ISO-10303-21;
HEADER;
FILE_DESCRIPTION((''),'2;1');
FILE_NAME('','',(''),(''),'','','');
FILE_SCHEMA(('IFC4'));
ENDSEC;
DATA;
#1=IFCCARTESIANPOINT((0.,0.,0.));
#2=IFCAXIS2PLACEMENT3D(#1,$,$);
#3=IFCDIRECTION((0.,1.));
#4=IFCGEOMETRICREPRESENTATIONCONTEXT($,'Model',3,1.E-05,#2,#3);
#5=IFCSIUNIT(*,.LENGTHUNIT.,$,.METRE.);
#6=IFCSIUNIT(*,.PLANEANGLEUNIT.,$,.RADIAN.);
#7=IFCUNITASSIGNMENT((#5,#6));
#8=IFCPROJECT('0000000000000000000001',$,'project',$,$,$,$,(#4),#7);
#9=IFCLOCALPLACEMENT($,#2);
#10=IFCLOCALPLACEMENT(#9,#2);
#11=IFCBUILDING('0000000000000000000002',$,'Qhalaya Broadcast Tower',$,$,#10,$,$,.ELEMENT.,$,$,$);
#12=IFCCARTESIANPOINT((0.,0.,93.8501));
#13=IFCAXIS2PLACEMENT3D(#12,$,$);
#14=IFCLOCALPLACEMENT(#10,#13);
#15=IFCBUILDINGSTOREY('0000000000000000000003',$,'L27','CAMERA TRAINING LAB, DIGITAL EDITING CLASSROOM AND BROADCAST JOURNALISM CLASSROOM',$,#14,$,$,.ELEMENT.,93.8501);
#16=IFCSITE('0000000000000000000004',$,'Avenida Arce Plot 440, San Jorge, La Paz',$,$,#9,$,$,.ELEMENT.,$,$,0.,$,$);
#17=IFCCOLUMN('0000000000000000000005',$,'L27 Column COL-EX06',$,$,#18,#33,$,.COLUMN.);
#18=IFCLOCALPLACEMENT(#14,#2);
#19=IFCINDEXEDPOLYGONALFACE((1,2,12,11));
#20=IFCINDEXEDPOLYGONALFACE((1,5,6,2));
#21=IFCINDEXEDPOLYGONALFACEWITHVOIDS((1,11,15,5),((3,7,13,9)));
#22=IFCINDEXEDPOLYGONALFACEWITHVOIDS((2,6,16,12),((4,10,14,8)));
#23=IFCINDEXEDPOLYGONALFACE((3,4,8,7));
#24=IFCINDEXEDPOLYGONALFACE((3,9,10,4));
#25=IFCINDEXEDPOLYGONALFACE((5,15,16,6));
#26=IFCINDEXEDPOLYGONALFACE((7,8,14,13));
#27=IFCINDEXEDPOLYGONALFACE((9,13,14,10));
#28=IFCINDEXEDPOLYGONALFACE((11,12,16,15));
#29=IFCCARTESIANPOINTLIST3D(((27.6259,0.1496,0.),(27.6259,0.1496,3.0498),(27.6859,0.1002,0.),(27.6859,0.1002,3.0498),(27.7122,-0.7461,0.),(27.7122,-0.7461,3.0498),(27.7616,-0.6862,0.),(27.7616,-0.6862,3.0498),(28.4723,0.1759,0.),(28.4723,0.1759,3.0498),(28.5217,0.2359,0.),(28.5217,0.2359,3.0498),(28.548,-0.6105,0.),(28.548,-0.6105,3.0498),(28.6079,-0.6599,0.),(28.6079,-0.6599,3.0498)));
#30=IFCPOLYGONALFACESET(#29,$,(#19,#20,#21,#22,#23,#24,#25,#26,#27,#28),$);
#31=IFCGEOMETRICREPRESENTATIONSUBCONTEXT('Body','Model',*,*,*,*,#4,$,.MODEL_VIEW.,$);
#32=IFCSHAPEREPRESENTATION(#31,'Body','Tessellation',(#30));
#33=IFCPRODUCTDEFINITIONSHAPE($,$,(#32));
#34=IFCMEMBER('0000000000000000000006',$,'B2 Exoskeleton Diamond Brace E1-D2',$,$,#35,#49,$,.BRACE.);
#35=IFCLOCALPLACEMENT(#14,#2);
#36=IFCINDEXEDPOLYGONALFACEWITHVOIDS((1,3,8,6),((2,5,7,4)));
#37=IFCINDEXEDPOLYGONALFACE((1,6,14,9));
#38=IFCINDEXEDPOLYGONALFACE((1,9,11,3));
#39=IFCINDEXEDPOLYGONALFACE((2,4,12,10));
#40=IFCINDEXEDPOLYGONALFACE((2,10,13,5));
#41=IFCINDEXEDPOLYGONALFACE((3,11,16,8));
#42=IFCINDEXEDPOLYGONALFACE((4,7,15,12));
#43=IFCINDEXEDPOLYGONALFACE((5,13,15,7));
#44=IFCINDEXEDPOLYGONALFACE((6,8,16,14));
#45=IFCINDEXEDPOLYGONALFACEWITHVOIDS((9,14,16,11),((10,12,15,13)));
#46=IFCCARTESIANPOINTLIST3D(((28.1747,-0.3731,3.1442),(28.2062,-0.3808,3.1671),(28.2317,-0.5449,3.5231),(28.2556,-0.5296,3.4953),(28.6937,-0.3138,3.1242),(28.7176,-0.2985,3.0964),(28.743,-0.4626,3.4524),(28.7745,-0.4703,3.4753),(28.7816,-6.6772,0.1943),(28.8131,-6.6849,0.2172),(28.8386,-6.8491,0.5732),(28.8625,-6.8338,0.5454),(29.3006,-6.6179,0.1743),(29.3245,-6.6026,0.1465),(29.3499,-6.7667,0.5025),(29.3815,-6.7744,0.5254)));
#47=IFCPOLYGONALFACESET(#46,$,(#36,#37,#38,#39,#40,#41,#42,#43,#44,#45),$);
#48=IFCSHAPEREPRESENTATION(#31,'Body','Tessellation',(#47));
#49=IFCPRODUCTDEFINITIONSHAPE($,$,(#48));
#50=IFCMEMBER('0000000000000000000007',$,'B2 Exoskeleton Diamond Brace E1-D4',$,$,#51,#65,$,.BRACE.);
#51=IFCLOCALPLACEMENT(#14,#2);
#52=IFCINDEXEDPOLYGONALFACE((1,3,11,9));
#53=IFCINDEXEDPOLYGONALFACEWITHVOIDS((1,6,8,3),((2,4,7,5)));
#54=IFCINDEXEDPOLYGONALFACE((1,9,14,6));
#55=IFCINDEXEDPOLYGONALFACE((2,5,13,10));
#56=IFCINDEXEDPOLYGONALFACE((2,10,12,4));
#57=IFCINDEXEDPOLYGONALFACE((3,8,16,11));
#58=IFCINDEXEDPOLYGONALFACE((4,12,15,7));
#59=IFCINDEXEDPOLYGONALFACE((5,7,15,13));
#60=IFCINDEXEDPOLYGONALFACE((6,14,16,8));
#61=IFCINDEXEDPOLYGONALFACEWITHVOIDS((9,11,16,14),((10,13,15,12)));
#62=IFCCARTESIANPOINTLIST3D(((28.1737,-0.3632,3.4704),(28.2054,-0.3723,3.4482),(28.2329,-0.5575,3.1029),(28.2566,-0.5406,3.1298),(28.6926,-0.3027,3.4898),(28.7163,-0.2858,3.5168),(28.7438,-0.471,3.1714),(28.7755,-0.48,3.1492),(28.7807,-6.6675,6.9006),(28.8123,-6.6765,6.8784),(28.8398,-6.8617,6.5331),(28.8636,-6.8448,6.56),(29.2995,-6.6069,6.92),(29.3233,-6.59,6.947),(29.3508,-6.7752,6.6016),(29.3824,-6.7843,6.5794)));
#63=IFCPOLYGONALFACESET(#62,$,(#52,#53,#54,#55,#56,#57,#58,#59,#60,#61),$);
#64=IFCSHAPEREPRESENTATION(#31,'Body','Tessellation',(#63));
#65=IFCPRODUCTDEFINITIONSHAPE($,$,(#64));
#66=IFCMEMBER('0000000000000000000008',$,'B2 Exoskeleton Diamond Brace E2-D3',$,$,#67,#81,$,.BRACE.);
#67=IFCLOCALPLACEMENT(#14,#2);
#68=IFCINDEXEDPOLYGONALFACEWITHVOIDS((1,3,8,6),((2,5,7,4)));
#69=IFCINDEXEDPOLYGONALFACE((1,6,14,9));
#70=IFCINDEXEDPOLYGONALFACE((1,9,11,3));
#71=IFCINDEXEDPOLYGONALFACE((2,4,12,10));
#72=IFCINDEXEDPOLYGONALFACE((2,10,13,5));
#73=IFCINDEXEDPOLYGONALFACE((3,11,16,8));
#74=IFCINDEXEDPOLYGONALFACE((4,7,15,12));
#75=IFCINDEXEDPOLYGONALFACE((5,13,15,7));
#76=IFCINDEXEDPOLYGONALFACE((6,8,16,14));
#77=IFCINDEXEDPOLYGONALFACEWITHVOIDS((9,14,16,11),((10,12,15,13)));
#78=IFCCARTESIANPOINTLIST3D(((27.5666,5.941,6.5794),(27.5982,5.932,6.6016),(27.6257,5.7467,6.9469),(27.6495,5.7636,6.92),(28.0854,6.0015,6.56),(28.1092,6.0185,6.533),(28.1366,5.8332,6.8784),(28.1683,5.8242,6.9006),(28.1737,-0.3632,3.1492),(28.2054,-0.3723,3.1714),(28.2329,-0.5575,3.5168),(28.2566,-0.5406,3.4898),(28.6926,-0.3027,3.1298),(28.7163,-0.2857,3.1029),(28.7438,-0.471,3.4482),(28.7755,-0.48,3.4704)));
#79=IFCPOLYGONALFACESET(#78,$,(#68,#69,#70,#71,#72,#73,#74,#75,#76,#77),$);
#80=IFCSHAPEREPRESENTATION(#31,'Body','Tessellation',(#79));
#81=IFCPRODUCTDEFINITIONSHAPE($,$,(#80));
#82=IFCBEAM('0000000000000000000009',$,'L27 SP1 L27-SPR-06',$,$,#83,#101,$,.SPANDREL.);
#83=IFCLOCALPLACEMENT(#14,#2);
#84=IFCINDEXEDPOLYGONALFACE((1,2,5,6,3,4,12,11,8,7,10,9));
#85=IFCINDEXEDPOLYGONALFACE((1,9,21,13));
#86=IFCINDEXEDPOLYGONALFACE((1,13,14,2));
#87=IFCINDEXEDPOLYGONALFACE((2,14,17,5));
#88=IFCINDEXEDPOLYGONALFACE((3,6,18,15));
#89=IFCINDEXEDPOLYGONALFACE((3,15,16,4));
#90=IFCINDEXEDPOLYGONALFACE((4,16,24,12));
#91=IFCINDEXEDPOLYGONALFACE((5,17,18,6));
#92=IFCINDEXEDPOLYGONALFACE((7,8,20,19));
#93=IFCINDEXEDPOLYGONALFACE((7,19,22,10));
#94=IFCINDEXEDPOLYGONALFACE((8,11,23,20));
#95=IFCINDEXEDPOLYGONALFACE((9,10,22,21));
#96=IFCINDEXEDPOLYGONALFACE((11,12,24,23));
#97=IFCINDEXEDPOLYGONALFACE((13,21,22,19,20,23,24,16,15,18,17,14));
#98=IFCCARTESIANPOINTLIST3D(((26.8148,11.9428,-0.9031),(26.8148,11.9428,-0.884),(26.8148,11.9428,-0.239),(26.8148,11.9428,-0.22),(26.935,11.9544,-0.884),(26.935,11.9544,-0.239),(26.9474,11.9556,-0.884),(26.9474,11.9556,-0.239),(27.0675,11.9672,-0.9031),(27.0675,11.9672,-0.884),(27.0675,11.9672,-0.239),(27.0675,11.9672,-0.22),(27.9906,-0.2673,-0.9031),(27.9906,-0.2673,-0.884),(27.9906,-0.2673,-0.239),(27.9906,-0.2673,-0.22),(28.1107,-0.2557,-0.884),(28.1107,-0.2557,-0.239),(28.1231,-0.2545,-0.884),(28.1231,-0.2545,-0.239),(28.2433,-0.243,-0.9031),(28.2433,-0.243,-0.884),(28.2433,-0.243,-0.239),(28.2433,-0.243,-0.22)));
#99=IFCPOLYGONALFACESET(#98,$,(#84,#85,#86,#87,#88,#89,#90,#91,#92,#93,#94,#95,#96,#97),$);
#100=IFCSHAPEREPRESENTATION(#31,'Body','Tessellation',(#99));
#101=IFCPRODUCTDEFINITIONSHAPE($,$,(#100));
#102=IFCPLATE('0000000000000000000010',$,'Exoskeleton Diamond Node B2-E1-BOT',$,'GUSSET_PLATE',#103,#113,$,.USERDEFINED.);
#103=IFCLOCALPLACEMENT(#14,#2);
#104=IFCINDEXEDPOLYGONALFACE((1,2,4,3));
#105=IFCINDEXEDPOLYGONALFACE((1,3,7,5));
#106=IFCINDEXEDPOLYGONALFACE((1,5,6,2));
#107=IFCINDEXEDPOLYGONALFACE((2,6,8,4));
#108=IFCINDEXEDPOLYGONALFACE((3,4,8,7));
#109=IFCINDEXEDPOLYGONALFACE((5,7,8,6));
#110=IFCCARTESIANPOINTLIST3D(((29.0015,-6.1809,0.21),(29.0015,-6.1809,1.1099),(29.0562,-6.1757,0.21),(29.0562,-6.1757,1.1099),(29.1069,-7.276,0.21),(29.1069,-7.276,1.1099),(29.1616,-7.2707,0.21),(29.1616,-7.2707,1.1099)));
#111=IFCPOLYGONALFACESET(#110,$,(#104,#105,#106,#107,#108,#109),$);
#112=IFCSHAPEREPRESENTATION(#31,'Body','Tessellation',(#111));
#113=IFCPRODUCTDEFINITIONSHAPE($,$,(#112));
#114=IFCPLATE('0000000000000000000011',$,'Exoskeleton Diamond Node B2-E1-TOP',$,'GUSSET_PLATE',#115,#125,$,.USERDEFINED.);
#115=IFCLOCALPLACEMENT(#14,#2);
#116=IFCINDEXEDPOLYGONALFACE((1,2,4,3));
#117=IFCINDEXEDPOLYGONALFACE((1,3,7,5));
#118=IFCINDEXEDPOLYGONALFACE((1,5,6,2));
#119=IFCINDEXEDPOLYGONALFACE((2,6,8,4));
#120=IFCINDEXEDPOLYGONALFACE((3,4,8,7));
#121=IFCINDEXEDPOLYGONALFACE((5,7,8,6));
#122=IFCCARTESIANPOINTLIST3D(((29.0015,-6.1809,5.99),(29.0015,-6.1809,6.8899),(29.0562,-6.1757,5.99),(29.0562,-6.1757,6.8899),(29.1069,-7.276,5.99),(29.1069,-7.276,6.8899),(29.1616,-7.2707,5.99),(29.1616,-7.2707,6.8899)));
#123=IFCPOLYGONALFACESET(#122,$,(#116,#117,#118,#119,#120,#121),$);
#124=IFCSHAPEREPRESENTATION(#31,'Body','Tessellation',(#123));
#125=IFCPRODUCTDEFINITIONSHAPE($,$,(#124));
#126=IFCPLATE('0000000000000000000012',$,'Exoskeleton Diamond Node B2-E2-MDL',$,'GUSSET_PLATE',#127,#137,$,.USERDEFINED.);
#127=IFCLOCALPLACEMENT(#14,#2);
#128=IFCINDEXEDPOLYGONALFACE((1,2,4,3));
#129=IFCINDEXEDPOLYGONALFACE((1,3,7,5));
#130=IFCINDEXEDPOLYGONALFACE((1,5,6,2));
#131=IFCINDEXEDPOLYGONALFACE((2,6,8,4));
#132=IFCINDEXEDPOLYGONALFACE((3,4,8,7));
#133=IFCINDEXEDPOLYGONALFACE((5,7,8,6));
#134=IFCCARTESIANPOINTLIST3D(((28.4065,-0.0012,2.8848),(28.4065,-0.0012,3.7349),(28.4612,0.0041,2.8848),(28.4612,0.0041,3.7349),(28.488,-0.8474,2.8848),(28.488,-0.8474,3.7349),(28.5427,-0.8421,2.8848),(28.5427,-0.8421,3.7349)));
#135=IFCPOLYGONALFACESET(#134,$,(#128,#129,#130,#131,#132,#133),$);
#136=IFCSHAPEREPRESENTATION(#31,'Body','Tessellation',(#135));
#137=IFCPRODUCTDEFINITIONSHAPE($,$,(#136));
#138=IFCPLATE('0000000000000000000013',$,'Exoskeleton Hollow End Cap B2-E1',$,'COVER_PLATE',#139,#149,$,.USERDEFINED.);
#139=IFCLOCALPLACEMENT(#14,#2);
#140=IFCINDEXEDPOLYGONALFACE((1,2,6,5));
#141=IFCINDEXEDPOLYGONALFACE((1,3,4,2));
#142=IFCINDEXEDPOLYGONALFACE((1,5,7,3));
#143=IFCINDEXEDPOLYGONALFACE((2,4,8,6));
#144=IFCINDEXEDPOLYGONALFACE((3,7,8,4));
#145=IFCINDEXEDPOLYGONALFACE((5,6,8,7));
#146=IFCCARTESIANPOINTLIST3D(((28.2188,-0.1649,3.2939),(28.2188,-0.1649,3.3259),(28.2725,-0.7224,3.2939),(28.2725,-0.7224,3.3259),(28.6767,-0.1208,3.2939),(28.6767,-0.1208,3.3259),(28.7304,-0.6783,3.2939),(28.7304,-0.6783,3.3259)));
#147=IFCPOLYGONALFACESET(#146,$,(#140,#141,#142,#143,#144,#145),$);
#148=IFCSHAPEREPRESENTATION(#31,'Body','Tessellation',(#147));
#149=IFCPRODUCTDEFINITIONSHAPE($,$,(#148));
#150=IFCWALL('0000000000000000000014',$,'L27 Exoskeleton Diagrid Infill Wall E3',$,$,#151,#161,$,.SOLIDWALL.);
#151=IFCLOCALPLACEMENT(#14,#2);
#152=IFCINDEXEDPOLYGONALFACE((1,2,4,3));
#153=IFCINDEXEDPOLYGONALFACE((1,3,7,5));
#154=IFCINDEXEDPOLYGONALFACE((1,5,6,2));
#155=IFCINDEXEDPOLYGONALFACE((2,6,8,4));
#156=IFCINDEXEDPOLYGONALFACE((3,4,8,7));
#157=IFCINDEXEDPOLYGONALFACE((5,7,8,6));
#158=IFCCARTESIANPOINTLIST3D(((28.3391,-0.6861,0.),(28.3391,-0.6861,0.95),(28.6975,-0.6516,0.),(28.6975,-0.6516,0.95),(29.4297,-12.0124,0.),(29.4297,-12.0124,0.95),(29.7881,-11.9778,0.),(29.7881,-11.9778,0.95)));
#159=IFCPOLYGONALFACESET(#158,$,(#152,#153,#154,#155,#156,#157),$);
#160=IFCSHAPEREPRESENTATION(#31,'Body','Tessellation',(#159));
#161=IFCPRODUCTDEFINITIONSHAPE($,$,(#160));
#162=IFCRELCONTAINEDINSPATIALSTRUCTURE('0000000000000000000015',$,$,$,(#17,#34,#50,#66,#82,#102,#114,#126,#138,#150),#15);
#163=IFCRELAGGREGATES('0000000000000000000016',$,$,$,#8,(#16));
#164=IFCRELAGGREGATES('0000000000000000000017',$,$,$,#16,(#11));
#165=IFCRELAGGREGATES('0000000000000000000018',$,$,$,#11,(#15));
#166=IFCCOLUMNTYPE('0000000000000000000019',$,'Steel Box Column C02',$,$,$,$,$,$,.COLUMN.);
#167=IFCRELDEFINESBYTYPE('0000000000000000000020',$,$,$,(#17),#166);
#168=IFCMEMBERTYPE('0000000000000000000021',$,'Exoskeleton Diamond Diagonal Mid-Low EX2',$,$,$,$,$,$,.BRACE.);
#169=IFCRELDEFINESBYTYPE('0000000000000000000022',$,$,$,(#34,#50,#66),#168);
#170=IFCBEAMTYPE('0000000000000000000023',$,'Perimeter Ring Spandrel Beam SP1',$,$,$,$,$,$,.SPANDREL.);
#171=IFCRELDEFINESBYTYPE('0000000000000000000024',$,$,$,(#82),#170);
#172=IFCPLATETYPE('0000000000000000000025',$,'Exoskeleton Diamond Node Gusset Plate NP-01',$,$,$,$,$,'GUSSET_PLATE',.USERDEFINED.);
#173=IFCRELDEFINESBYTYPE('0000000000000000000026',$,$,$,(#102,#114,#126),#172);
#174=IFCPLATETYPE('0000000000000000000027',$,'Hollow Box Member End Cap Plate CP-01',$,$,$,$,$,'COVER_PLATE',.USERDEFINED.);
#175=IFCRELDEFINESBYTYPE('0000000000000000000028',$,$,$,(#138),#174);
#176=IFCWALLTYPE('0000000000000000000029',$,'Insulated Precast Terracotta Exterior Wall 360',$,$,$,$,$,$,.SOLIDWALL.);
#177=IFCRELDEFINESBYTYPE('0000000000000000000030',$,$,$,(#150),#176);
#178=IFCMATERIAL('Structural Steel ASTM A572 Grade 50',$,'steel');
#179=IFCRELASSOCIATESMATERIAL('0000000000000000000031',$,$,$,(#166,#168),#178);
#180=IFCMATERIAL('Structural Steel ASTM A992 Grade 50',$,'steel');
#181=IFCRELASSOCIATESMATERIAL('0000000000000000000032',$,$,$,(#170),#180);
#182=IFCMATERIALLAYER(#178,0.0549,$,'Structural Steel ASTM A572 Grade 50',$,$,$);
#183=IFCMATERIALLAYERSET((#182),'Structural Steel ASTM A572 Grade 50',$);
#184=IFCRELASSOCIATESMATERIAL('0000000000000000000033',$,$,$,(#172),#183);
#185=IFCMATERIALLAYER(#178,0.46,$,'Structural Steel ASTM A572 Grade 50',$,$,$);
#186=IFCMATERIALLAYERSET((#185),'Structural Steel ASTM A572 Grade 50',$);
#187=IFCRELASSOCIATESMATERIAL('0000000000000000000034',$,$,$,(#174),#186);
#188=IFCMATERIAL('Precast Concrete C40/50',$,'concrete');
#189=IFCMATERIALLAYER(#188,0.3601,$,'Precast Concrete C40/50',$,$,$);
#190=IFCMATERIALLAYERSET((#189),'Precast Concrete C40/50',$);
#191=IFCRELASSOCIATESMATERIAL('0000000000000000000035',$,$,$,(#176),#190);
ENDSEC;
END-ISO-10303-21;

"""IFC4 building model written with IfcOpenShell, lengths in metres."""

from ifc_helpers import new_model, si_unit, direction, frame, frame_2d, origin, origin_2d, place, context, subcontext, project, spatial, rectangle, hollow_rectangle, i_section, extrude, material, layer, layer_set, material_profile, profile_set, type_object, element, save


model = new_model("IFC4")

# Units and contexts
model_context = context("Model", 3, precision=1e-05, world=origin(), true_north=direction((0.0, 1.0)))
body_context = subcontext(model_context, "Body", "Model", "MODEL_VIEW")
ifc_project = project(units=[si_unit("LENGTHUNIT", "METRE"), si_unit("PLANEANGLEUNIT", "RADIAN")], contexts=[model_context])

# Site, building, storey
site_placement = place(None, origin())
site = spatial("IfcSite", under=ifc_project, at=site_placement, Name="Avenida Arce Plot 440, San Jorge, La Paz", CompositionType="ELEMENT", RefElevation=0.0)
building_placement = place(site_placement, origin())
building = spatial("IfcBuilding", under=site, at=building_placement, Name="Qhalaya Broadcast Tower", CompositionType="ELEMENT")
storey_placement = place(building_placement, frame((0.0, 0.0, 93.8501)))
storey = spatial("IfcBuildingStorey", under=building, at=storey_placement, Name="L27", Description="CAMERA TRAINING LAB, DIGITAL EDITING CLASSROOM AND BROADCAST JOURNALISM CLASSROOM", CompositionType="ELEMENT", Elevation=93.8501)

# Column
ifc_material_1 = material(Name="Structural Steel ASTM A572 Grade 50", Category="steel")
ifc_material_profile_1 = material_profile(ifc_material_1, hollow_rectangle(XDim=0.8999, YDim=0.8999, WallThickness=0.0549, at=origin_2d()), Name="BOX 900x900x55")
ifc_profile_set_1 = profile_set([ifc_material_profile_1], Name="Structural Steel ASTM A572 Grade 50")
column_type = type_object("IfcColumnType", Name="Steel Box Column C02", PredefinedType="COLUMN", material=ifc_profile_set_1)
column_placement = place(storey_placement, frame((28.1169, -0.2551, 0.0), z_axis=(0.0, 0.0, 1.0), x_axis=(-0.095846, 0.995396, 0.0)))
element("IfcColumn", 1, at=column_placement, inside=storey, type_object=column_type, Name="L27 Column COL-EX06", PredefinedType="COLUMN", context=body_context, shape_type="SweptSolid", body=[
    extrude(hollow_rectangle(XDim=0.8999, YDim=0.8999, WallThickness=0.0549, at=origin_2d()), origin(), (0.0, 0.0, 1.0), 3.0498),
])

# Members
ifc_material_profile_2 = material_profile(ifc_material_1, hollow_rectangle(XDim=0.4199, YDim=0.55, WallThickness=0.0281, at=origin_2d()), Name="BOX 420x550x28")
ifc_profile_set_2 = profile_set([ifc_material_profile_2], Name="Structural Steel ASTM A572 Grade 50")
member_type = type_object("IfcMemberType", Name="Exoskeleton Diamond Diagonal Mid-Low EX2", PredefinedType="BRACE", material=ifc_profile_set_2)
member_placement = place(storey_placement, frame((29.0815, -6.7258, 0.3599), z_axis=(-0.08687, 0.902319, 0.422226), x_axis=(0.135681, -0.409163, 0.902317)))
element("IfcMember", 2, at=member_placement, inside=storey, type_object=member_type, Name="B2 Exoskeleton Diamond Brace E1-D2", PredefinedType="BRACE", context=body_context, shape_type="SweptSolid", body=[
    extrude(hollow_rectangle(XDim=0.4199, YDim=0.55, WallThickness=0.0281, at=origin_2d()), origin(), (0.0, 0.0, 1.0), 6.9866),
])
for number, where, z_axis, x_axis, name in (
    (3, (28.4746, -0.4216, 3.3098), (0.084266, -0.875268, 0.476242), (-0.140833, 0.462682, 0.875266), "B2 Exoskeleton Diamond Brace E1-D4"),
    (4, (28.4746, -0.4216, 3.3098), (-0.0843, 0.875265, 0.47624), (0.140851, -0.462675, 0.875267), "B2 Exoskeleton Diamond Brace E2-D3"),
):
    element("IfcMember", number, at=place(storey_placement, frame(where, z_axis=z_axis, x_axis=x_axis)), inside=storey, type_object=member_type, Name=name, PredefinedType="BRACE", context=body_context, shape_type="SweptSolid", body=[
        extrude(hollow_rectangle(XDim=0.4199, YDim=0.55, WallThickness=0.0281, at=origin_2d()), origin(), (0.0, 0.0, 1.0), 7.2026),
    ])

# Beam
ifc_material_2 = material(Name="Structural Steel ASTM A992 Grade 50", Category="steel")
ifc_material_profile_3 = material_profile(ifc_material_2, i_section(OverallWidth=0.2539, OverallDepth=0.6831, WebThickness=0.0125, FlangeThickness=0.019, at=origin_2d()), Name="W27X94")
ifc_profile_set_3 = profile_set([ifc_material_profile_3], Name="Structural Steel ASTM A992 Grade 50")
beam_type = type_object("IfcBeamType", Name="Perimeter Ring Spandrel Beam SP1", PredefinedType="SPANDREL", material=ifc_profile_set_3)
beam_placement = place(storey_placement, frame((28.1169, -0.2551, -0.5615), z_axis=(-0.095852, 0.995396, 0.0), x_axis=(-0.995396, -0.095852, 0.0)))
element("IfcBeam", 5, at=beam_placement, inside=storey, type_object=beam_type, Name="L27 SP1 L27-SPR-06", PredefinedType="SPANDREL", context=body_context, shape_type="SweptSolid", body=[
    extrude(i_section(OverallWidth=0.2539, OverallDepth=0.6831, WebThickness=0.0125, FlangeThickness=0.019, at=origin_2d()), origin(), (0.0, 0.0, 1.0), 12.2666),
])

# Plates
ifc_layer_1 = layer(ifc_material_1, 0.0549, Name="Structural Steel ASTM A572 Grade 50")
ifc_layer_set_1 = layer_set([ifc_layer_1], Name="Structural Steel ASTM A572 Grade 50")
plate_type_1 = type_object("IfcPlateType", Name="Exoskeleton Diamond Node Gusset Plate NP-01", ElementType="GUSSET_PLATE", PredefinedType="USERDEFINED", material=ifc_layer_set_1)
for number, where, z_axis, x_axis, name in (
    (6, (29.0815, -6.7258, 0.21), (0.0, 0.0, 1.0), (-0.095846, 0.995396, 0.0), "Exoskeleton Diamond Node B2-E1-BOT"),
    (7, (29.0815, -6.7258, 5.99), (0.0, 0.0, 1.0), (-0.095846, 0.995396, 0.0), "Exoskeleton Diamond Node B2-E1-TOP"),
):
    element("IfcPlate", number, at=place(storey_placement, frame(where, z_axis=z_axis, x_axis=x_axis)), inside=storey, type_object=plate_type_1, Name=name, ObjectType="GUSSET_PLATE", PredefinedType="USERDEFINED", context=body_context, shape_type="SweptSolid", body=[
        extrude(rectangle(XDim=1.1001, YDim=0.0549, at=origin_2d()), origin(), (0.0, 0.0, 1.0), 0.8999),
    ])
plate_1_placement = place(storey_placement, frame((28.4746, -0.4216, 2.8848), z_axis=(0.0, 0.0, 1.0), x_axis=(-0.095846, 0.995396, 0.0)))
element("IfcPlate", 8, at=plate_1_placement, inside=storey, type_object=plate_type_1, Name="Exoskeleton Diamond Node B2-E2-MDL", ObjectType="GUSSET_PLATE", PredefinedType="USERDEFINED", context=body_context, shape_type="SweptSolid", body=[
    extrude(rectangle(XDim=0.8501, YDim=0.0549, at=origin_2d()), origin(), (0.0, 0.0, 1.0), 0.8501),
])
ifc_layer_2 = layer(ifc_material_1, 0.46, Name="Structural Steel ASTM A572 Grade 50")
ifc_layer_set_2 = layer_set([ifc_layer_2], Name="Structural Steel ASTM A572 Grade 50")
plate_type_2 = type_object("IfcPlateType", Name="Hollow Box Member End Cap Plate CP-01", ElementType="COVER_PLATE", PredefinedType="USERDEFINED", material=ifc_layer_set_2)
plate_2_placement = place(storey_placement, frame((28.4746, -0.4216, 3.2939), z_axis=(0.0, 0.0, 1.0), x_axis=(-0.095846, 0.995396, 0.0)))
element("IfcPlate", 9, at=plate_2_placement, inside=storey, type_object=plate_type_2, Name="Exoskeleton Hollow End Cap B2-E1", ObjectType="COVER_PLATE", PredefinedType="USERDEFINED", context=body_context, shape_type="SweptSolid", body=[
    extrude(rectangle(XDim=0.5601, YDim=0.46, at=origin_2d()), origin(), (0.0, 0.0, 1.0), 0.032),
])

# Wall
ifc_material_3 = material(Name="Precast Concrete C40/50", Category="concrete")
ifc_layer_3 = layer(ifc_material_3, 0.3601, Name="Precast Concrete C40/50")
ifc_layer_set_3 = layer_set([ifc_layer_3], Name="Precast Concrete C40/50")
wall_type_1 = type_object("IfcWallType", Name="Insulated Precast Terracotta Exterior Wall 360", PredefinedType="SOLIDWALL", material=ifc_layer_set_3)
wall_1_placement = place(storey_placement, frame((28.5183, -0.6687, 0.0), z_axis=(0.0, 0.0, 1.0), x_axis=(0.095845, -0.995396, 0.0)))
element("IfcWall", 10, at=wall_1_placement, inside=storey, type_object=wall_type_1, Name="L27 Exoskeleton Diagrid Infill Wall E3", PredefinedType="SOLIDWALL", context=body_context, shape_type="SweptSolid", body=[
    extrude(rectangle(XDim=11.3787, YDim=0.3601, at=frame_2d((5.6895, 0.0))), origin(), (0.0, 0.0, 1.0), 0.95),
])

save(model, "model.ifc")
